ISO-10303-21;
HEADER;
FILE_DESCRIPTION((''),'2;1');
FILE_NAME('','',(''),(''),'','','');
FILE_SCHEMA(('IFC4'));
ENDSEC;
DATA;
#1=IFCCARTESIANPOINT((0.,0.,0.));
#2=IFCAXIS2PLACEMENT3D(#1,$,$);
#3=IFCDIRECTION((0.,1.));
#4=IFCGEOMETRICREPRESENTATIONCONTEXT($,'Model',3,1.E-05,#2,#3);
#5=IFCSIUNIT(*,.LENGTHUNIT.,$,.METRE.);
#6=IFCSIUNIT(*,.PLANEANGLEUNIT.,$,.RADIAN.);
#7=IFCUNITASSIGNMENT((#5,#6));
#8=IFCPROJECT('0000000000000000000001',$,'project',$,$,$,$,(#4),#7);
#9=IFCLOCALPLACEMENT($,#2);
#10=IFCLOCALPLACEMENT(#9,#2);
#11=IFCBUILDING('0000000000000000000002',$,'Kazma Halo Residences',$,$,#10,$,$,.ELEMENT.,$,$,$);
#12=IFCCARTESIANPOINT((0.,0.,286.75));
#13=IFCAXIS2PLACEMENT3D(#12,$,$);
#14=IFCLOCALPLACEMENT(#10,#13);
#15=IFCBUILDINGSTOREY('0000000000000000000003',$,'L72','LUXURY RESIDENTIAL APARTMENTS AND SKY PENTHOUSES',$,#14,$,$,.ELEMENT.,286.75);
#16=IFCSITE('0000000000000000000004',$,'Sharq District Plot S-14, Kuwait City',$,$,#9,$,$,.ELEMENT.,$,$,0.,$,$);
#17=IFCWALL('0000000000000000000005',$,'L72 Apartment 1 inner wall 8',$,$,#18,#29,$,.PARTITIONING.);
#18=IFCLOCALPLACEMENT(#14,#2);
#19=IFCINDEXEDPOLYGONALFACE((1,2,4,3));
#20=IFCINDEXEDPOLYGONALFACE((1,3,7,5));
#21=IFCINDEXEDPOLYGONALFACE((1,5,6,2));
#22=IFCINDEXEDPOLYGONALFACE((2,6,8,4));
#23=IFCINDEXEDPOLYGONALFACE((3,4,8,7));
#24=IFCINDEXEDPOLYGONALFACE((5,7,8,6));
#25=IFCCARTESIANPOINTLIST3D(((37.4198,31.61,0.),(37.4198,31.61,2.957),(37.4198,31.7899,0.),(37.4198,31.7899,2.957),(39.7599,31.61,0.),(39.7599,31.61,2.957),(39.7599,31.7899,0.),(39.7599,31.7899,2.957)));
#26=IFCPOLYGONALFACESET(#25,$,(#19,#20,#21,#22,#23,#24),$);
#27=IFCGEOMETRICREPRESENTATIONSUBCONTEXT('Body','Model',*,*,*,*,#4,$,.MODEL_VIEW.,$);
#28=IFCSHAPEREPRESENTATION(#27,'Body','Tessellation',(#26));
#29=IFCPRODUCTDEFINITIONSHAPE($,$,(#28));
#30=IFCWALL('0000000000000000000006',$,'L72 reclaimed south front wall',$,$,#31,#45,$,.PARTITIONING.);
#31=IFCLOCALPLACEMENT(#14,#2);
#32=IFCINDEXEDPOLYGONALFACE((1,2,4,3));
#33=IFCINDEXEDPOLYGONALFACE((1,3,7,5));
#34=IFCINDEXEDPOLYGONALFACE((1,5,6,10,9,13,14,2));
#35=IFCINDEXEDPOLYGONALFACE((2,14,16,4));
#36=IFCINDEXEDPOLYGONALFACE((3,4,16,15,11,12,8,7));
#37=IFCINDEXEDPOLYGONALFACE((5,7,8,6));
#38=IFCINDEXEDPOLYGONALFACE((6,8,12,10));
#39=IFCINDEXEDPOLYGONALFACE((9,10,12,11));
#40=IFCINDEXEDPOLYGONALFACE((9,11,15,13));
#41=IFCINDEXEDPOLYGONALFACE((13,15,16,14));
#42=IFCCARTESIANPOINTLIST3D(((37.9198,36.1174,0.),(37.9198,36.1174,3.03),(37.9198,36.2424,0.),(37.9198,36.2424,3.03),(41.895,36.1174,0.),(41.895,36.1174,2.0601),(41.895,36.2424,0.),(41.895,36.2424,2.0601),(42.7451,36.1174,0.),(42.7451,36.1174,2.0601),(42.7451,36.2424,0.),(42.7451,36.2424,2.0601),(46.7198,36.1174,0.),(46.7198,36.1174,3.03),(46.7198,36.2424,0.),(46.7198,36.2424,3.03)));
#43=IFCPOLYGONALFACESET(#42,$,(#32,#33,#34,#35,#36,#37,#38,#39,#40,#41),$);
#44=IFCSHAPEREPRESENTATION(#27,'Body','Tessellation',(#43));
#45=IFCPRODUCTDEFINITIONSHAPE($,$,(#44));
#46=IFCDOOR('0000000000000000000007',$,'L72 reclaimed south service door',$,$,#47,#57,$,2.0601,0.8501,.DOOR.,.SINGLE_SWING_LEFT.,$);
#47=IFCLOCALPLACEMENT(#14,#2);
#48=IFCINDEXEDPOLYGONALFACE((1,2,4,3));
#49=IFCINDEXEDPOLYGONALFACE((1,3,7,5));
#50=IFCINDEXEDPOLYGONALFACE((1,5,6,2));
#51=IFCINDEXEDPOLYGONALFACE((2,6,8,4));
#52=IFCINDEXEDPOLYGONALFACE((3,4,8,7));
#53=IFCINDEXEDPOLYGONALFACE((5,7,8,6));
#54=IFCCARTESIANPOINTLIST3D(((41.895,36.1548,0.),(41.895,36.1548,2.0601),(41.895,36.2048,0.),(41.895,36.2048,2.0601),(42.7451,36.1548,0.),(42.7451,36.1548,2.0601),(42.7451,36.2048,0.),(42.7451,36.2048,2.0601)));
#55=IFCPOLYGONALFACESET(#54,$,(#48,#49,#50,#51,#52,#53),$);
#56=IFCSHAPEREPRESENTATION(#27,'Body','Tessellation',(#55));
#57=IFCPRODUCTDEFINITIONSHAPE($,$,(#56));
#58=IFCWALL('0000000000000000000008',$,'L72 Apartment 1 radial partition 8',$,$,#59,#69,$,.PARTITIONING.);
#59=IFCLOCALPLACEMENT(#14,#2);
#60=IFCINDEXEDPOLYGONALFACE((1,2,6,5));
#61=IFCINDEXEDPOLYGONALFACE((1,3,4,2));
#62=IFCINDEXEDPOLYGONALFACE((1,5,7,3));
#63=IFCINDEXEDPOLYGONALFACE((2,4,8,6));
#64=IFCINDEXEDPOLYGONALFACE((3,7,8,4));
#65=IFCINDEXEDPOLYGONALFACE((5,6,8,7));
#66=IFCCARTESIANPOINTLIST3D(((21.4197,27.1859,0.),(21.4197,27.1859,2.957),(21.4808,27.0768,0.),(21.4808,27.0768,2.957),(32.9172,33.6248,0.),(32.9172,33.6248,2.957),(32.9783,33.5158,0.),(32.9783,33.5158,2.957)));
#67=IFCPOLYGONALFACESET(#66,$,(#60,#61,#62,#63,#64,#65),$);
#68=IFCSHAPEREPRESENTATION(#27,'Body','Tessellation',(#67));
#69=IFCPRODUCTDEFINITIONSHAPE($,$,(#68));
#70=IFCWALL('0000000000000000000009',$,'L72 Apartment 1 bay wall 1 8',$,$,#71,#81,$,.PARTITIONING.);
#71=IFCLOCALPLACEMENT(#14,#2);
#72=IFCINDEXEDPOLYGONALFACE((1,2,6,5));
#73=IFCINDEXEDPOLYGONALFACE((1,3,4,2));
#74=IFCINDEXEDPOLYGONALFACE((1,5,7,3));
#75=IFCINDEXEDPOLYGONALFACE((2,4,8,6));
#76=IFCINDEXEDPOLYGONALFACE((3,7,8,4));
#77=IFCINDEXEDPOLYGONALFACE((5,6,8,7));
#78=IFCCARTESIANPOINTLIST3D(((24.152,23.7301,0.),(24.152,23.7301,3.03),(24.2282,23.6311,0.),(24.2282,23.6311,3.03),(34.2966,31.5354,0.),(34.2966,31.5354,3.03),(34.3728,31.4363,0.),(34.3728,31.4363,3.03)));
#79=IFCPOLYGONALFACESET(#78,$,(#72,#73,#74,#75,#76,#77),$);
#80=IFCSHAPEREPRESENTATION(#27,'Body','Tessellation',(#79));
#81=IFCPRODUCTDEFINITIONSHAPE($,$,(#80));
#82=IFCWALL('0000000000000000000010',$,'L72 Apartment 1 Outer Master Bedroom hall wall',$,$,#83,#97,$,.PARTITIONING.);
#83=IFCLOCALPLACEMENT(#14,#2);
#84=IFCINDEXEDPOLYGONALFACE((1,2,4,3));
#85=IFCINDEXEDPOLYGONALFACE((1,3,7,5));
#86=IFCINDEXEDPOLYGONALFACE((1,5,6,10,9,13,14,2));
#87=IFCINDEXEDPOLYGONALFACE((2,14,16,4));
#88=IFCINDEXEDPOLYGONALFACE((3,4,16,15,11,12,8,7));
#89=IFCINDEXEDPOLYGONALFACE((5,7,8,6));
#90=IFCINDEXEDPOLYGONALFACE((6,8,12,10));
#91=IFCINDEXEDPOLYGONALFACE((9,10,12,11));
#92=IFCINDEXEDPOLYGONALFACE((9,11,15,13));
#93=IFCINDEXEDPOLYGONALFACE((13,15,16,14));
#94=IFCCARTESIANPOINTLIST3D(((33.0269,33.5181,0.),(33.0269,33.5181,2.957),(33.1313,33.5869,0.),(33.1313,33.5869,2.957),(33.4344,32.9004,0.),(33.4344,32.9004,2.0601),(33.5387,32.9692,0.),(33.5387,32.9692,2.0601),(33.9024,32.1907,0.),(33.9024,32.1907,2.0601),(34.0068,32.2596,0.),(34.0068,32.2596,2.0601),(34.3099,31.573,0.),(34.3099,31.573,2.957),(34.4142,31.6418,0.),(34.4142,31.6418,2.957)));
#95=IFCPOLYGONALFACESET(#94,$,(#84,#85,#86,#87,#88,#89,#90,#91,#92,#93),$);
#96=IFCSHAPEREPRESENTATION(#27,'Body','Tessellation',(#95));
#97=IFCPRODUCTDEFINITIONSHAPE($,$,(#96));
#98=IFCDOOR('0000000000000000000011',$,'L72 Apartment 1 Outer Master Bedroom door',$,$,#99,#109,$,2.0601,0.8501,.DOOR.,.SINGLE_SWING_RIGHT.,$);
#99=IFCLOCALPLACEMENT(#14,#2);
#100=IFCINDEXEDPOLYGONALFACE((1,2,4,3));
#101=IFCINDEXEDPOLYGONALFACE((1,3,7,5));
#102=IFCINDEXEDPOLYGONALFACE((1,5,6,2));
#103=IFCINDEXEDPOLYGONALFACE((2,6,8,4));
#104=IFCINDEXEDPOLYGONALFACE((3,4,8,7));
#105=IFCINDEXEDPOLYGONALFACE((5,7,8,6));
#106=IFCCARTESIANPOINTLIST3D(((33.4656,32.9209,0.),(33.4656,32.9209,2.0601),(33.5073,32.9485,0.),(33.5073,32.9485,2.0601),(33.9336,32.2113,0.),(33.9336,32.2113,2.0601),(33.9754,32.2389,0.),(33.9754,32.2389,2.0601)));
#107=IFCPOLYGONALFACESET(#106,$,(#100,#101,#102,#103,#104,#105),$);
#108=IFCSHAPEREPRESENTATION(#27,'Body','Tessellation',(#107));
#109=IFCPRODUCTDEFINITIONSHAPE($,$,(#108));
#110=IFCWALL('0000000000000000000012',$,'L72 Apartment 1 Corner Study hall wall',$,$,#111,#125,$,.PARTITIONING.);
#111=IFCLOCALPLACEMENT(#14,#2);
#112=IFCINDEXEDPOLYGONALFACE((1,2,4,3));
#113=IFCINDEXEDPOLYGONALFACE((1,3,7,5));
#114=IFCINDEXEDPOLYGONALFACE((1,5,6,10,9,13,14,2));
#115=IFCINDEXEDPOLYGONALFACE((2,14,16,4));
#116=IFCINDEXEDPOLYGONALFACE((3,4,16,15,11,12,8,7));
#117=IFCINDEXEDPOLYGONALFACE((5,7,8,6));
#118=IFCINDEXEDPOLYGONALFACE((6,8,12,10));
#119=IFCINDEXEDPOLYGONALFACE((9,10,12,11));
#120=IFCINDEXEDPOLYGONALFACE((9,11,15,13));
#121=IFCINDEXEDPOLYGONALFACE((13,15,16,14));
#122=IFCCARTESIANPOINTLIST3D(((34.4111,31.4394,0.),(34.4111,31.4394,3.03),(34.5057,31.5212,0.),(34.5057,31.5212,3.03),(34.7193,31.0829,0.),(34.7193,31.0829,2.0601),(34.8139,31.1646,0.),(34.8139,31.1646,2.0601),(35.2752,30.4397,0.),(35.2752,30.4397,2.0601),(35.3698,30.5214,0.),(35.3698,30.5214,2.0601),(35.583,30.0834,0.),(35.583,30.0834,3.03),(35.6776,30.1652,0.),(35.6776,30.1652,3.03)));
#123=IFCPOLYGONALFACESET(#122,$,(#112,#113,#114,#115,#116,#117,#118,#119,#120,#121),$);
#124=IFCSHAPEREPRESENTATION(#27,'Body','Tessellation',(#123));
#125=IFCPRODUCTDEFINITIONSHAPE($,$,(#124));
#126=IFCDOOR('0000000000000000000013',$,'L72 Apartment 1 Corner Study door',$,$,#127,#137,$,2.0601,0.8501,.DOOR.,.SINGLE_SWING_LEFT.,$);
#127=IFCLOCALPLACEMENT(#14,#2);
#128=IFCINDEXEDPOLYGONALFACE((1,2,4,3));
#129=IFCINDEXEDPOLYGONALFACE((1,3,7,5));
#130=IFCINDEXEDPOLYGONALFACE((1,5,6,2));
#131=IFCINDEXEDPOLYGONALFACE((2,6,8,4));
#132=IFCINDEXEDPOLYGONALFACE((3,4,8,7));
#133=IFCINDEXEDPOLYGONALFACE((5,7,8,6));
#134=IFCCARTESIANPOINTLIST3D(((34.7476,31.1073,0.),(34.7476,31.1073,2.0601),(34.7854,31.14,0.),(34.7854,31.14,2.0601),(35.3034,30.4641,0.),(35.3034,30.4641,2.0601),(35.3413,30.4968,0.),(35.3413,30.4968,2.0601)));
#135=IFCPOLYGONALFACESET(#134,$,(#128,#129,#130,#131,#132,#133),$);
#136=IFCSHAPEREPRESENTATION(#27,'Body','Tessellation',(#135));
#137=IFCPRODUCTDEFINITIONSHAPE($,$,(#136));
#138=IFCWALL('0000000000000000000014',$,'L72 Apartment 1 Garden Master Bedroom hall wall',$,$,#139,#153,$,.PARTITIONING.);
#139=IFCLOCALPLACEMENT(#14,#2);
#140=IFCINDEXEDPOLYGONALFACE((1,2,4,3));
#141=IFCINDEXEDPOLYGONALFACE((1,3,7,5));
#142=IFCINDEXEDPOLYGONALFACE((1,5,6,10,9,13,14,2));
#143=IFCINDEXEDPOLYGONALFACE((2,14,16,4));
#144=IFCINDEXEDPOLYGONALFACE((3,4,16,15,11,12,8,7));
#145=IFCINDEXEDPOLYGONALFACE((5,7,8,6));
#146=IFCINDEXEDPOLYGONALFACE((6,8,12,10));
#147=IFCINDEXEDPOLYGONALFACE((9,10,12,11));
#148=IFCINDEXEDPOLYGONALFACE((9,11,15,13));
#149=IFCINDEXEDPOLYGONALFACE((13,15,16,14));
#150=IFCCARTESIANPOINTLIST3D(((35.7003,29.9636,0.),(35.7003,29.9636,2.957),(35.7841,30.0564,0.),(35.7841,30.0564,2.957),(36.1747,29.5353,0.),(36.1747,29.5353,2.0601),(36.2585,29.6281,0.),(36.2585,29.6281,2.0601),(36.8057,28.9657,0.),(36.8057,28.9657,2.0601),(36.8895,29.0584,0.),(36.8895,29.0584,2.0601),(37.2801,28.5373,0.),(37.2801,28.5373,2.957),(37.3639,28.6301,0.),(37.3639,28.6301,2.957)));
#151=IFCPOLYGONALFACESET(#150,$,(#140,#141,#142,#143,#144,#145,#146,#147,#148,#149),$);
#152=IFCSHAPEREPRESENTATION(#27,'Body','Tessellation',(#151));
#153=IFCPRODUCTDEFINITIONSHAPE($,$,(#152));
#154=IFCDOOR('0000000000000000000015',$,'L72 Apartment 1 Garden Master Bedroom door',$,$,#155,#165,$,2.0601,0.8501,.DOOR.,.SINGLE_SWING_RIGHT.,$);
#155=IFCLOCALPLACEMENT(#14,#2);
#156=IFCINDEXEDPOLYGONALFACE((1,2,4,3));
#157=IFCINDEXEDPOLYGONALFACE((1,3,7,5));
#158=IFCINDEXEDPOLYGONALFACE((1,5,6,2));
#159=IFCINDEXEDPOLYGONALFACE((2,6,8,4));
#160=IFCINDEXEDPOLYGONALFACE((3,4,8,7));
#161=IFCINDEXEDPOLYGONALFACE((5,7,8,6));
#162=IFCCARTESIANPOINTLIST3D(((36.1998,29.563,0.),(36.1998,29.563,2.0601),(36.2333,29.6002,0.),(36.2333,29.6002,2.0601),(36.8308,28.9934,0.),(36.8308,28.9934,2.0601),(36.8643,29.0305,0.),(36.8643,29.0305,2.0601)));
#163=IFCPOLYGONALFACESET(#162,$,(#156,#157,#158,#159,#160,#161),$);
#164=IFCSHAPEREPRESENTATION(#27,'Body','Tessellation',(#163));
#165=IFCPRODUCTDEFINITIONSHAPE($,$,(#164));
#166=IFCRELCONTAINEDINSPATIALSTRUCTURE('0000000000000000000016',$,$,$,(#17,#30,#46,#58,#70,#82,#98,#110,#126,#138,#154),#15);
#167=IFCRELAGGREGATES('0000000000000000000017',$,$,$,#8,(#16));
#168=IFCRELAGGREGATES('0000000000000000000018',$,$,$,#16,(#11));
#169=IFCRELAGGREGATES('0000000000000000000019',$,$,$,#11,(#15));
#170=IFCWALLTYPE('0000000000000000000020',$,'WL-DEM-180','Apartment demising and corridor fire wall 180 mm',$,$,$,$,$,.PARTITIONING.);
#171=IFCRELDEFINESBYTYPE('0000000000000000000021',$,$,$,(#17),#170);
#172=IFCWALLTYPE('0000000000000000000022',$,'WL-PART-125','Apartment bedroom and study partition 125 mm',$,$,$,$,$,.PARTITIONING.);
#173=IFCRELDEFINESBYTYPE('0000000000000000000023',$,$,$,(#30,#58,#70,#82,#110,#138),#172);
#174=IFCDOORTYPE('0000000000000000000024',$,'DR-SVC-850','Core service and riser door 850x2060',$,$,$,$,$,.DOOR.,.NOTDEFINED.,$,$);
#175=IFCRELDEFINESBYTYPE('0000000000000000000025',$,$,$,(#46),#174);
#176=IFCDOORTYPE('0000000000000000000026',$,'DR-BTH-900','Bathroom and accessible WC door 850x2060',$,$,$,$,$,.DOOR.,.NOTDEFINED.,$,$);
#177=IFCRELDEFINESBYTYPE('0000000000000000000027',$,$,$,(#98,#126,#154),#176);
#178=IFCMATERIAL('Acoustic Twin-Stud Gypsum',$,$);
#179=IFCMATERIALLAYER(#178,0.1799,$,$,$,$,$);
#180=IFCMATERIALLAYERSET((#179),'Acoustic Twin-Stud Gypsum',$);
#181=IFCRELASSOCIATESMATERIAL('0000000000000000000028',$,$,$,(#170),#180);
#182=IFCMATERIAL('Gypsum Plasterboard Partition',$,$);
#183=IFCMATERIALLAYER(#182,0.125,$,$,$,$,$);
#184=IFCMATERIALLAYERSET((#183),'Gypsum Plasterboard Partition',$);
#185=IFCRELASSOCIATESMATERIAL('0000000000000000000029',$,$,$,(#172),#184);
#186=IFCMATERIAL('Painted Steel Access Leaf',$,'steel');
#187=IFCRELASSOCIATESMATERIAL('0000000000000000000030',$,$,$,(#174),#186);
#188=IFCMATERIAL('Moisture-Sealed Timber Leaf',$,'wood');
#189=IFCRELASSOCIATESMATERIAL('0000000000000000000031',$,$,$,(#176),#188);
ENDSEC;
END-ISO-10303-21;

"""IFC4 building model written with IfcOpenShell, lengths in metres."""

from ifc_helpers import new_model, si_unit, direction, frame, frame_2d, origin, place, context, subcontext, project, spatial, rectangle, extrude, material, layer, layer_set, type_object, element, fill, save


model = new_model("IFC4")

# Units and contexts
model_context = context("Model", 3, precision=1e-05, world=origin(), true_north=direction((0.0, 1.0)))
body_context = subcontext(model_context, "Body", "Model", "MODEL_VIEW")
ifc_project = project(units=[si_unit("LENGTHUNIT", "METRE"), si_unit("PLANEANGLEUNIT", "RADIAN")], contexts=[model_context])

# Site, building, storey
site_placement = place(None, origin())
site = spatial("IfcSite", under=ifc_project, at=site_placement, Name="Sharq District Plot S-14, Kuwait City", CompositionType="ELEMENT", RefElevation=0.0)
building_placement = place(site_placement, origin())
building = spatial("IfcBuilding", under=site, at=building_placement, Name="Kazma Halo Residences", CompositionType="ELEMENT")
storey_placement = place(building_placement, frame((0.0, 0.0, 286.75)))
storey = spatial("IfcBuildingStorey", under=building, at=storey_placement, Name="L72", Description="LUXURY RESIDENTIAL APARTMENTS AND SKY PENTHOUSES", CompositionType="ELEMENT", Elevation=286.75)

# Wall
ifc_material_1 = material(Name="Acoustic Twin-Stud Gypsum")
ifc_layer_1 = layer(ifc_material_1, 0.1799)
ifc_layer_set_1 = layer_set([ifc_layer_1], Name="Acoustic Twin-Stud Gypsum")
wall_type_1 = type_object("IfcWallType", Name="WL-DEM-180", Description="Apartment demising and corridor fire wall 180 mm", PredefinedType="PARTITIONING", material=ifc_layer_set_1)
wall_1_placement = place(storey_placement, frame((37.4199, 31.7, 0.0), z_axis=(0.0, 0.0, 1.0), x_axis=(1.0, 0.0, 0.0)))
element("IfcWall", 1, at=wall_1_placement, inside=storey, type_object=wall_type_1, Name="L72 Apartment 1 inner wall 8", PredefinedType="PARTITIONING", context=body_context, shape_type="SweptSolid", body=[
    extrude(rectangle(XDim=2.3401, YDim=0.1799, at=frame_2d((1.1699, 0.0))), origin(), (0.0, 0.0, 1.0), 2.957),
])

# Wall, opening, door
ifc_material_2 = material(Name="Gypsum Plasterboard Partition")
ifc_layer_2 = layer(ifc_material_2, 0.125)
ifc_layer_set_2 = layer_set([ifc_layer_2], Name="Gypsum Plasterboard Partition")
wall_type_2 = type_object("IfcWallType", Name="WL-PART-125", Description="Apartment bedroom and study partition 125 mm", PredefinedType="PARTITIONING", material=ifc_layer_set_2)
wall_2_placement = place(storey_placement, frame((37.9199, 36.1799, 0.0), z_axis=(0.0, 0.0, 1.0), x_axis=(1.0, 0.0, 0.0)))
wall_2 = element("IfcWall", 2, at=wall_2_placement, inside=storey, type_object=wall_type_2, Name="L72 reclaimed south front wall", PredefinedType="PARTITIONING", context=body_context, shape_type="SweptSolid", body=[
    extrude(rectangle(XDim=8.8, YDim=0.125, at=frame_2d((4.3999, 0.0))), origin(), (0.0, 0.0, 1.0), 3.03),
])
opening_1_placement = place(wall_2_placement, frame((3.9751, 0.0, 0.0)))
opening_1 = element("IfcOpeningElement", 3, at=opening_1_placement, cuts=wall_2, PredefinedType="OPENING", context=body_context, shape_type="SweptSolid", body=[
    extrude(rectangle(XDim=0.8501, YDim=2.0601, at=frame_2d((0.425, 1.03))), frame((0.0, 0.0725, 0.0), z_axis=(0.0, -1.0, 0.0), x_axis=(1.0, 0.0, 0.0)), (0.0, 0.0, 1.0), 0.145),
])
ifc_material_3 = material(Name="Painted Steel Access Leaf", Category="steel")
door_type_1 = type_object("IfcDoorType", Name="DR-SVC-850", Description="Core service and riser door 850x2060", OperationType="NOTDEFINED", PredefinedType="DOOR", material=ifc_material_3)
door_1_placement = place(opening_1_placement, origin())
door_1 = element("IfcDoor", 4, at=door_1_placement, inside=storey, type_object=door_type_1, Name="L72 reclaimed south service door", OperationType="SINGLE_SWING_LEFT", OverallHeight=2.0601, OverallWidth=0.8501, PredefinedType="DOOR", context=body_context, shape_type="SweptSolid", body=[
    extrude(rectangle(XDim=0.8501, YDim=2.0601, at=frame_2d((0.425, 1.03))), frame((0.0, 0.0249, 0.0), z_axis=(0.0, -1.0, 0.0), x_axis=(1.0, 0.0, 0.0)), (0.0, 0.0, 1.0), 0.05),
])
fill(opening_1, door_1)

# Walls
wall_3_placement = place(storey_placement, frame((32.9478, 33.5703, 0.0), z_axis=(0.0, 0.0, 1.0), x_axis=(-0.872495, -0.488623, 0.0)))
element("IfcWall", 5, at=wall_3_placement, inside=storey, type_object=wall_type_2, Name="L72 Apartment 1 radial partition 8", PredefinedType="PARTITIONING", context=body_context, shape_type="SweptSolid", body=[
    extrude(rectangle(XDim=13.1777, YDim=0.125, at=frame_2d((6.5889, 0.0))), origin(), (0.0, 0.0, 1.0), 2.957),
])
wall_4_placement = place(storey_placement, frame((34.3347, 31.4858, 0.0), z_axis=(0.0, 0.0, 1.0), x_axis=(-0.79256, -0.609794, 0.0)))
element("IfcWall", 6, at=wall_4_placement, inside=storey, type_object=wall_type_2, Name="L72 Apartment 1 bay wall 1 8", PredefinedType="PARTITIONING", context=body_context, shape_type="SweptSolid", body=[
    extrude(rectangle(XDim=12.7998, YDim=0.125, at=frame_2d((6.3999, 0.0))), origin(), (0.0, 0.0, 1.0), 3.03),
])

# Walls, openings, doors
wall_5_placement = place(storey_placement, frame((33.0791, 33.5525, 0.0), z_axis=(0.0, 0.0, 1.0), x_axis=(0.550607, -0.834764, 0.0)))
wall_5 = element("IfcWall", 7, at=wall_5_placement, inside=storey, type_object=wall_type_2, Name="L72 Apartment 1 Outer Master Bedroom hall wall", PredefinedType="PARTITIONING", context=body_context, shape_type="SweptSolid", body=[
    extrude(rectangle(XDim=2.3301, YDim=0.125, at=frame_2d((1.165, 0.0))), origin(), (0.0, 0.0, 1.0), 2.957),
])
opening_2_placement = place(wall_5_placement, frame((0.74, 0.0, 0.0)))
opening_2 = element("IfcOpeningElement", 8, at=opening_2_placement, cuts=wall_5, PredefinedType="OPENING", context=body_context, shape_type="SweptSolid", body=[
    extrude(rectangle(XDim=0.8501, YDim=2.0601, at=frame_2d((0.425, 1.03))), frame((0.0, 0.0725, 0.0), z_axis=(0.0, -1.0, 0.0), x_axis=(1.0, 0.0, 0.0)), (0.0, 0.0, 1.0), 0.145),
])
ifc_material_4 = material(Name="Moisture-Sealed Timber Leaf", Category="wood")
door_type_2 = type_object("IfcDoorType", Name="DR-BTH-900", Description="Bathroom and accessible WC door 850x2060", OperationType="NOTDEFINED", PredefinedType="DOOR", material=ifc_material_4)
door_2_placement = place(opening_2_placement, origin())
door_2 = element("IfcDoor", 9, at=door_2_placement, inside=storey, type_object=door_type_2, Name="L72 Apartment 1 Outer Master Bedroom door", OperationType="SINGLE_SWING_RIGHT", OverallHeight=2.0601, OverallWidth=0.8501, PredefinedType="DOOR", context=body_context, shape_type="SweptSolid", body=[
    extrude(rectangle(XDim=0.8501, YDim=2.0601, at=frame_2d((0.425, 1.03))), frame((0.0, 0.0249, 0.0), z_axis=(0.0, -1.0, 0.0), x_axis=(1.0, 0.0, 0.0)), (0.0, 0.0, 1.0), 0.05),
])
fill(opening_2, door_2)
wall_6_placement = place(storey_placement, frame((34.4585, 31.4802, 0.0), z_axis=(0.0, 0.0, 1.0), x_axis=(0.653882, -0.756596, 0.0)))
wall_6 = element("IfcWall", 10, at=wall_6_placement, inside=storey, type_object=wall_type_2, Name="L72 Apartment 1 Corner Study hall wall", PredefinedType="PARTITIONING", context=body_context, shape_type="SweptSolid", body=[
    extrude(rectangle(XDim=1.7922, YDim=0.125, at=frame_2d((0.896, 0.0))), origin(), (0.0, 0.0, 1.0), 3.03),
])
opening_3_placement = place(wall_6_placement, frame((0.4712, 0.0, 0.0)))
opening_3 = element("IfcOpeningElement", 11, at=opening_3_placement, cuts=wall_6, PredefinedType="OPENING", context=body_context, shape_type="SweptSolid", body=[
    extrude(rectangle(XDim=0.8501, YDim=2.0601, at=frame_2d((0.425, 1.03))), frame((0.0, 0.0725, 0.0), z_axis=(0.0, -1.0, 0.0), x_axis=(1.0, 0.0, 0.0)), (0.0, 0.0, 1.0), 0.145),
])
door_3_placement = place(opening_3_placement, origin())
door_3 = element("IfcDoor", 12, at=door_3_placement, inside=storey, type_object=door_type_2, Name="L72 Apartment 1 Corner Study door", OperationType="SINGLE_SWING_LEFT", OverallHeight=2.0601, OverallWidth=0.8501, PredefinedType="DOOR", context=body_context, shape_type="SweptSolid", body=[
    extrude(rectangle(XDim=0.8501, YDim=2.0601, at=frame_2d((0.425, 1.03))), frame((0.0, 0.0249, 0.0), z_axis=(0.0, -1.0, 0.0), x_axis=(1.0, 0.0, 0.0)), (0.0, 0.0, 1.0), 0.05),
])
fill(opening_3, door_3)
wall_7_placement = place(storey_placement, frame((35.7422, 30.01, 0.0), z_axis=(0.0, 0.0, 1.0), x_axis=(0.742261, -0.670111, 0.0)))
wall_7 = element("IfcWall", 13, at=wall_7_placement, inside=storey, type_object=wall_type_2, Name="L72 Apartment 1 Garden Master Bedroom hall wall", PredefinedType="PARTITIONING", context=body_context, shape_type="SweptSolid", body=[
    extrude(rectangle(XDim=2.1284, YDim=0.125, at=frame_2d((1.0642, 0.0))), origin(), (0.0, 0.0, 1.0), 2.957),
])
opening_4_placement = place(wall_7_placement, frame((0.6392, 0.0, 0.0)))
opening_4 = element("IfcOpeningElement", 14, at=opening_4_placement, cuts=wall_7, PredefinedType="OPENING", context=body_context, shape_type="SweptSolid", body=[
    extrude(rectangle(XDim=0.8501, YDim=2.0601, at=frame_2d((0.425, 1.03))), frame((0.0, 0.0725, 0.0), z_axis=(0.0, -1.0, 0.0), x_axis=(1.0, 0.0, 0.0)), (0.0, 0.0, 1.0), 0.145),
])
door_4_placement = place(opening_4_placement, origin())
door_4 = element("IfcDoor", 15, at=door_4_placement, inside=storey, type_object=door_type_2, Name="L72 Apartment 1 Garden Master Bedroom door", OperationType="SINGLE_SWING_RIGHT", OverallHeight=2.0601, OverallWidth=0.8501, PredefinedType="DOOR", context=body_context, shape_type="SweptSolid", body=[
    extrude(rectangle(XDim=0.8501, YDim=2.0601, at=frame_2d((0.425, 1.03))), frame((0.0, 0.0249, 0.0), z_axis=(0.0, -1.0, 0.0), x_axis=(1.0, 0.0, 0.0)), (0.0, 0.0, 1.0), 0.05),
])
fill(opening_4, door_4)

save(model, "model.ifc")
